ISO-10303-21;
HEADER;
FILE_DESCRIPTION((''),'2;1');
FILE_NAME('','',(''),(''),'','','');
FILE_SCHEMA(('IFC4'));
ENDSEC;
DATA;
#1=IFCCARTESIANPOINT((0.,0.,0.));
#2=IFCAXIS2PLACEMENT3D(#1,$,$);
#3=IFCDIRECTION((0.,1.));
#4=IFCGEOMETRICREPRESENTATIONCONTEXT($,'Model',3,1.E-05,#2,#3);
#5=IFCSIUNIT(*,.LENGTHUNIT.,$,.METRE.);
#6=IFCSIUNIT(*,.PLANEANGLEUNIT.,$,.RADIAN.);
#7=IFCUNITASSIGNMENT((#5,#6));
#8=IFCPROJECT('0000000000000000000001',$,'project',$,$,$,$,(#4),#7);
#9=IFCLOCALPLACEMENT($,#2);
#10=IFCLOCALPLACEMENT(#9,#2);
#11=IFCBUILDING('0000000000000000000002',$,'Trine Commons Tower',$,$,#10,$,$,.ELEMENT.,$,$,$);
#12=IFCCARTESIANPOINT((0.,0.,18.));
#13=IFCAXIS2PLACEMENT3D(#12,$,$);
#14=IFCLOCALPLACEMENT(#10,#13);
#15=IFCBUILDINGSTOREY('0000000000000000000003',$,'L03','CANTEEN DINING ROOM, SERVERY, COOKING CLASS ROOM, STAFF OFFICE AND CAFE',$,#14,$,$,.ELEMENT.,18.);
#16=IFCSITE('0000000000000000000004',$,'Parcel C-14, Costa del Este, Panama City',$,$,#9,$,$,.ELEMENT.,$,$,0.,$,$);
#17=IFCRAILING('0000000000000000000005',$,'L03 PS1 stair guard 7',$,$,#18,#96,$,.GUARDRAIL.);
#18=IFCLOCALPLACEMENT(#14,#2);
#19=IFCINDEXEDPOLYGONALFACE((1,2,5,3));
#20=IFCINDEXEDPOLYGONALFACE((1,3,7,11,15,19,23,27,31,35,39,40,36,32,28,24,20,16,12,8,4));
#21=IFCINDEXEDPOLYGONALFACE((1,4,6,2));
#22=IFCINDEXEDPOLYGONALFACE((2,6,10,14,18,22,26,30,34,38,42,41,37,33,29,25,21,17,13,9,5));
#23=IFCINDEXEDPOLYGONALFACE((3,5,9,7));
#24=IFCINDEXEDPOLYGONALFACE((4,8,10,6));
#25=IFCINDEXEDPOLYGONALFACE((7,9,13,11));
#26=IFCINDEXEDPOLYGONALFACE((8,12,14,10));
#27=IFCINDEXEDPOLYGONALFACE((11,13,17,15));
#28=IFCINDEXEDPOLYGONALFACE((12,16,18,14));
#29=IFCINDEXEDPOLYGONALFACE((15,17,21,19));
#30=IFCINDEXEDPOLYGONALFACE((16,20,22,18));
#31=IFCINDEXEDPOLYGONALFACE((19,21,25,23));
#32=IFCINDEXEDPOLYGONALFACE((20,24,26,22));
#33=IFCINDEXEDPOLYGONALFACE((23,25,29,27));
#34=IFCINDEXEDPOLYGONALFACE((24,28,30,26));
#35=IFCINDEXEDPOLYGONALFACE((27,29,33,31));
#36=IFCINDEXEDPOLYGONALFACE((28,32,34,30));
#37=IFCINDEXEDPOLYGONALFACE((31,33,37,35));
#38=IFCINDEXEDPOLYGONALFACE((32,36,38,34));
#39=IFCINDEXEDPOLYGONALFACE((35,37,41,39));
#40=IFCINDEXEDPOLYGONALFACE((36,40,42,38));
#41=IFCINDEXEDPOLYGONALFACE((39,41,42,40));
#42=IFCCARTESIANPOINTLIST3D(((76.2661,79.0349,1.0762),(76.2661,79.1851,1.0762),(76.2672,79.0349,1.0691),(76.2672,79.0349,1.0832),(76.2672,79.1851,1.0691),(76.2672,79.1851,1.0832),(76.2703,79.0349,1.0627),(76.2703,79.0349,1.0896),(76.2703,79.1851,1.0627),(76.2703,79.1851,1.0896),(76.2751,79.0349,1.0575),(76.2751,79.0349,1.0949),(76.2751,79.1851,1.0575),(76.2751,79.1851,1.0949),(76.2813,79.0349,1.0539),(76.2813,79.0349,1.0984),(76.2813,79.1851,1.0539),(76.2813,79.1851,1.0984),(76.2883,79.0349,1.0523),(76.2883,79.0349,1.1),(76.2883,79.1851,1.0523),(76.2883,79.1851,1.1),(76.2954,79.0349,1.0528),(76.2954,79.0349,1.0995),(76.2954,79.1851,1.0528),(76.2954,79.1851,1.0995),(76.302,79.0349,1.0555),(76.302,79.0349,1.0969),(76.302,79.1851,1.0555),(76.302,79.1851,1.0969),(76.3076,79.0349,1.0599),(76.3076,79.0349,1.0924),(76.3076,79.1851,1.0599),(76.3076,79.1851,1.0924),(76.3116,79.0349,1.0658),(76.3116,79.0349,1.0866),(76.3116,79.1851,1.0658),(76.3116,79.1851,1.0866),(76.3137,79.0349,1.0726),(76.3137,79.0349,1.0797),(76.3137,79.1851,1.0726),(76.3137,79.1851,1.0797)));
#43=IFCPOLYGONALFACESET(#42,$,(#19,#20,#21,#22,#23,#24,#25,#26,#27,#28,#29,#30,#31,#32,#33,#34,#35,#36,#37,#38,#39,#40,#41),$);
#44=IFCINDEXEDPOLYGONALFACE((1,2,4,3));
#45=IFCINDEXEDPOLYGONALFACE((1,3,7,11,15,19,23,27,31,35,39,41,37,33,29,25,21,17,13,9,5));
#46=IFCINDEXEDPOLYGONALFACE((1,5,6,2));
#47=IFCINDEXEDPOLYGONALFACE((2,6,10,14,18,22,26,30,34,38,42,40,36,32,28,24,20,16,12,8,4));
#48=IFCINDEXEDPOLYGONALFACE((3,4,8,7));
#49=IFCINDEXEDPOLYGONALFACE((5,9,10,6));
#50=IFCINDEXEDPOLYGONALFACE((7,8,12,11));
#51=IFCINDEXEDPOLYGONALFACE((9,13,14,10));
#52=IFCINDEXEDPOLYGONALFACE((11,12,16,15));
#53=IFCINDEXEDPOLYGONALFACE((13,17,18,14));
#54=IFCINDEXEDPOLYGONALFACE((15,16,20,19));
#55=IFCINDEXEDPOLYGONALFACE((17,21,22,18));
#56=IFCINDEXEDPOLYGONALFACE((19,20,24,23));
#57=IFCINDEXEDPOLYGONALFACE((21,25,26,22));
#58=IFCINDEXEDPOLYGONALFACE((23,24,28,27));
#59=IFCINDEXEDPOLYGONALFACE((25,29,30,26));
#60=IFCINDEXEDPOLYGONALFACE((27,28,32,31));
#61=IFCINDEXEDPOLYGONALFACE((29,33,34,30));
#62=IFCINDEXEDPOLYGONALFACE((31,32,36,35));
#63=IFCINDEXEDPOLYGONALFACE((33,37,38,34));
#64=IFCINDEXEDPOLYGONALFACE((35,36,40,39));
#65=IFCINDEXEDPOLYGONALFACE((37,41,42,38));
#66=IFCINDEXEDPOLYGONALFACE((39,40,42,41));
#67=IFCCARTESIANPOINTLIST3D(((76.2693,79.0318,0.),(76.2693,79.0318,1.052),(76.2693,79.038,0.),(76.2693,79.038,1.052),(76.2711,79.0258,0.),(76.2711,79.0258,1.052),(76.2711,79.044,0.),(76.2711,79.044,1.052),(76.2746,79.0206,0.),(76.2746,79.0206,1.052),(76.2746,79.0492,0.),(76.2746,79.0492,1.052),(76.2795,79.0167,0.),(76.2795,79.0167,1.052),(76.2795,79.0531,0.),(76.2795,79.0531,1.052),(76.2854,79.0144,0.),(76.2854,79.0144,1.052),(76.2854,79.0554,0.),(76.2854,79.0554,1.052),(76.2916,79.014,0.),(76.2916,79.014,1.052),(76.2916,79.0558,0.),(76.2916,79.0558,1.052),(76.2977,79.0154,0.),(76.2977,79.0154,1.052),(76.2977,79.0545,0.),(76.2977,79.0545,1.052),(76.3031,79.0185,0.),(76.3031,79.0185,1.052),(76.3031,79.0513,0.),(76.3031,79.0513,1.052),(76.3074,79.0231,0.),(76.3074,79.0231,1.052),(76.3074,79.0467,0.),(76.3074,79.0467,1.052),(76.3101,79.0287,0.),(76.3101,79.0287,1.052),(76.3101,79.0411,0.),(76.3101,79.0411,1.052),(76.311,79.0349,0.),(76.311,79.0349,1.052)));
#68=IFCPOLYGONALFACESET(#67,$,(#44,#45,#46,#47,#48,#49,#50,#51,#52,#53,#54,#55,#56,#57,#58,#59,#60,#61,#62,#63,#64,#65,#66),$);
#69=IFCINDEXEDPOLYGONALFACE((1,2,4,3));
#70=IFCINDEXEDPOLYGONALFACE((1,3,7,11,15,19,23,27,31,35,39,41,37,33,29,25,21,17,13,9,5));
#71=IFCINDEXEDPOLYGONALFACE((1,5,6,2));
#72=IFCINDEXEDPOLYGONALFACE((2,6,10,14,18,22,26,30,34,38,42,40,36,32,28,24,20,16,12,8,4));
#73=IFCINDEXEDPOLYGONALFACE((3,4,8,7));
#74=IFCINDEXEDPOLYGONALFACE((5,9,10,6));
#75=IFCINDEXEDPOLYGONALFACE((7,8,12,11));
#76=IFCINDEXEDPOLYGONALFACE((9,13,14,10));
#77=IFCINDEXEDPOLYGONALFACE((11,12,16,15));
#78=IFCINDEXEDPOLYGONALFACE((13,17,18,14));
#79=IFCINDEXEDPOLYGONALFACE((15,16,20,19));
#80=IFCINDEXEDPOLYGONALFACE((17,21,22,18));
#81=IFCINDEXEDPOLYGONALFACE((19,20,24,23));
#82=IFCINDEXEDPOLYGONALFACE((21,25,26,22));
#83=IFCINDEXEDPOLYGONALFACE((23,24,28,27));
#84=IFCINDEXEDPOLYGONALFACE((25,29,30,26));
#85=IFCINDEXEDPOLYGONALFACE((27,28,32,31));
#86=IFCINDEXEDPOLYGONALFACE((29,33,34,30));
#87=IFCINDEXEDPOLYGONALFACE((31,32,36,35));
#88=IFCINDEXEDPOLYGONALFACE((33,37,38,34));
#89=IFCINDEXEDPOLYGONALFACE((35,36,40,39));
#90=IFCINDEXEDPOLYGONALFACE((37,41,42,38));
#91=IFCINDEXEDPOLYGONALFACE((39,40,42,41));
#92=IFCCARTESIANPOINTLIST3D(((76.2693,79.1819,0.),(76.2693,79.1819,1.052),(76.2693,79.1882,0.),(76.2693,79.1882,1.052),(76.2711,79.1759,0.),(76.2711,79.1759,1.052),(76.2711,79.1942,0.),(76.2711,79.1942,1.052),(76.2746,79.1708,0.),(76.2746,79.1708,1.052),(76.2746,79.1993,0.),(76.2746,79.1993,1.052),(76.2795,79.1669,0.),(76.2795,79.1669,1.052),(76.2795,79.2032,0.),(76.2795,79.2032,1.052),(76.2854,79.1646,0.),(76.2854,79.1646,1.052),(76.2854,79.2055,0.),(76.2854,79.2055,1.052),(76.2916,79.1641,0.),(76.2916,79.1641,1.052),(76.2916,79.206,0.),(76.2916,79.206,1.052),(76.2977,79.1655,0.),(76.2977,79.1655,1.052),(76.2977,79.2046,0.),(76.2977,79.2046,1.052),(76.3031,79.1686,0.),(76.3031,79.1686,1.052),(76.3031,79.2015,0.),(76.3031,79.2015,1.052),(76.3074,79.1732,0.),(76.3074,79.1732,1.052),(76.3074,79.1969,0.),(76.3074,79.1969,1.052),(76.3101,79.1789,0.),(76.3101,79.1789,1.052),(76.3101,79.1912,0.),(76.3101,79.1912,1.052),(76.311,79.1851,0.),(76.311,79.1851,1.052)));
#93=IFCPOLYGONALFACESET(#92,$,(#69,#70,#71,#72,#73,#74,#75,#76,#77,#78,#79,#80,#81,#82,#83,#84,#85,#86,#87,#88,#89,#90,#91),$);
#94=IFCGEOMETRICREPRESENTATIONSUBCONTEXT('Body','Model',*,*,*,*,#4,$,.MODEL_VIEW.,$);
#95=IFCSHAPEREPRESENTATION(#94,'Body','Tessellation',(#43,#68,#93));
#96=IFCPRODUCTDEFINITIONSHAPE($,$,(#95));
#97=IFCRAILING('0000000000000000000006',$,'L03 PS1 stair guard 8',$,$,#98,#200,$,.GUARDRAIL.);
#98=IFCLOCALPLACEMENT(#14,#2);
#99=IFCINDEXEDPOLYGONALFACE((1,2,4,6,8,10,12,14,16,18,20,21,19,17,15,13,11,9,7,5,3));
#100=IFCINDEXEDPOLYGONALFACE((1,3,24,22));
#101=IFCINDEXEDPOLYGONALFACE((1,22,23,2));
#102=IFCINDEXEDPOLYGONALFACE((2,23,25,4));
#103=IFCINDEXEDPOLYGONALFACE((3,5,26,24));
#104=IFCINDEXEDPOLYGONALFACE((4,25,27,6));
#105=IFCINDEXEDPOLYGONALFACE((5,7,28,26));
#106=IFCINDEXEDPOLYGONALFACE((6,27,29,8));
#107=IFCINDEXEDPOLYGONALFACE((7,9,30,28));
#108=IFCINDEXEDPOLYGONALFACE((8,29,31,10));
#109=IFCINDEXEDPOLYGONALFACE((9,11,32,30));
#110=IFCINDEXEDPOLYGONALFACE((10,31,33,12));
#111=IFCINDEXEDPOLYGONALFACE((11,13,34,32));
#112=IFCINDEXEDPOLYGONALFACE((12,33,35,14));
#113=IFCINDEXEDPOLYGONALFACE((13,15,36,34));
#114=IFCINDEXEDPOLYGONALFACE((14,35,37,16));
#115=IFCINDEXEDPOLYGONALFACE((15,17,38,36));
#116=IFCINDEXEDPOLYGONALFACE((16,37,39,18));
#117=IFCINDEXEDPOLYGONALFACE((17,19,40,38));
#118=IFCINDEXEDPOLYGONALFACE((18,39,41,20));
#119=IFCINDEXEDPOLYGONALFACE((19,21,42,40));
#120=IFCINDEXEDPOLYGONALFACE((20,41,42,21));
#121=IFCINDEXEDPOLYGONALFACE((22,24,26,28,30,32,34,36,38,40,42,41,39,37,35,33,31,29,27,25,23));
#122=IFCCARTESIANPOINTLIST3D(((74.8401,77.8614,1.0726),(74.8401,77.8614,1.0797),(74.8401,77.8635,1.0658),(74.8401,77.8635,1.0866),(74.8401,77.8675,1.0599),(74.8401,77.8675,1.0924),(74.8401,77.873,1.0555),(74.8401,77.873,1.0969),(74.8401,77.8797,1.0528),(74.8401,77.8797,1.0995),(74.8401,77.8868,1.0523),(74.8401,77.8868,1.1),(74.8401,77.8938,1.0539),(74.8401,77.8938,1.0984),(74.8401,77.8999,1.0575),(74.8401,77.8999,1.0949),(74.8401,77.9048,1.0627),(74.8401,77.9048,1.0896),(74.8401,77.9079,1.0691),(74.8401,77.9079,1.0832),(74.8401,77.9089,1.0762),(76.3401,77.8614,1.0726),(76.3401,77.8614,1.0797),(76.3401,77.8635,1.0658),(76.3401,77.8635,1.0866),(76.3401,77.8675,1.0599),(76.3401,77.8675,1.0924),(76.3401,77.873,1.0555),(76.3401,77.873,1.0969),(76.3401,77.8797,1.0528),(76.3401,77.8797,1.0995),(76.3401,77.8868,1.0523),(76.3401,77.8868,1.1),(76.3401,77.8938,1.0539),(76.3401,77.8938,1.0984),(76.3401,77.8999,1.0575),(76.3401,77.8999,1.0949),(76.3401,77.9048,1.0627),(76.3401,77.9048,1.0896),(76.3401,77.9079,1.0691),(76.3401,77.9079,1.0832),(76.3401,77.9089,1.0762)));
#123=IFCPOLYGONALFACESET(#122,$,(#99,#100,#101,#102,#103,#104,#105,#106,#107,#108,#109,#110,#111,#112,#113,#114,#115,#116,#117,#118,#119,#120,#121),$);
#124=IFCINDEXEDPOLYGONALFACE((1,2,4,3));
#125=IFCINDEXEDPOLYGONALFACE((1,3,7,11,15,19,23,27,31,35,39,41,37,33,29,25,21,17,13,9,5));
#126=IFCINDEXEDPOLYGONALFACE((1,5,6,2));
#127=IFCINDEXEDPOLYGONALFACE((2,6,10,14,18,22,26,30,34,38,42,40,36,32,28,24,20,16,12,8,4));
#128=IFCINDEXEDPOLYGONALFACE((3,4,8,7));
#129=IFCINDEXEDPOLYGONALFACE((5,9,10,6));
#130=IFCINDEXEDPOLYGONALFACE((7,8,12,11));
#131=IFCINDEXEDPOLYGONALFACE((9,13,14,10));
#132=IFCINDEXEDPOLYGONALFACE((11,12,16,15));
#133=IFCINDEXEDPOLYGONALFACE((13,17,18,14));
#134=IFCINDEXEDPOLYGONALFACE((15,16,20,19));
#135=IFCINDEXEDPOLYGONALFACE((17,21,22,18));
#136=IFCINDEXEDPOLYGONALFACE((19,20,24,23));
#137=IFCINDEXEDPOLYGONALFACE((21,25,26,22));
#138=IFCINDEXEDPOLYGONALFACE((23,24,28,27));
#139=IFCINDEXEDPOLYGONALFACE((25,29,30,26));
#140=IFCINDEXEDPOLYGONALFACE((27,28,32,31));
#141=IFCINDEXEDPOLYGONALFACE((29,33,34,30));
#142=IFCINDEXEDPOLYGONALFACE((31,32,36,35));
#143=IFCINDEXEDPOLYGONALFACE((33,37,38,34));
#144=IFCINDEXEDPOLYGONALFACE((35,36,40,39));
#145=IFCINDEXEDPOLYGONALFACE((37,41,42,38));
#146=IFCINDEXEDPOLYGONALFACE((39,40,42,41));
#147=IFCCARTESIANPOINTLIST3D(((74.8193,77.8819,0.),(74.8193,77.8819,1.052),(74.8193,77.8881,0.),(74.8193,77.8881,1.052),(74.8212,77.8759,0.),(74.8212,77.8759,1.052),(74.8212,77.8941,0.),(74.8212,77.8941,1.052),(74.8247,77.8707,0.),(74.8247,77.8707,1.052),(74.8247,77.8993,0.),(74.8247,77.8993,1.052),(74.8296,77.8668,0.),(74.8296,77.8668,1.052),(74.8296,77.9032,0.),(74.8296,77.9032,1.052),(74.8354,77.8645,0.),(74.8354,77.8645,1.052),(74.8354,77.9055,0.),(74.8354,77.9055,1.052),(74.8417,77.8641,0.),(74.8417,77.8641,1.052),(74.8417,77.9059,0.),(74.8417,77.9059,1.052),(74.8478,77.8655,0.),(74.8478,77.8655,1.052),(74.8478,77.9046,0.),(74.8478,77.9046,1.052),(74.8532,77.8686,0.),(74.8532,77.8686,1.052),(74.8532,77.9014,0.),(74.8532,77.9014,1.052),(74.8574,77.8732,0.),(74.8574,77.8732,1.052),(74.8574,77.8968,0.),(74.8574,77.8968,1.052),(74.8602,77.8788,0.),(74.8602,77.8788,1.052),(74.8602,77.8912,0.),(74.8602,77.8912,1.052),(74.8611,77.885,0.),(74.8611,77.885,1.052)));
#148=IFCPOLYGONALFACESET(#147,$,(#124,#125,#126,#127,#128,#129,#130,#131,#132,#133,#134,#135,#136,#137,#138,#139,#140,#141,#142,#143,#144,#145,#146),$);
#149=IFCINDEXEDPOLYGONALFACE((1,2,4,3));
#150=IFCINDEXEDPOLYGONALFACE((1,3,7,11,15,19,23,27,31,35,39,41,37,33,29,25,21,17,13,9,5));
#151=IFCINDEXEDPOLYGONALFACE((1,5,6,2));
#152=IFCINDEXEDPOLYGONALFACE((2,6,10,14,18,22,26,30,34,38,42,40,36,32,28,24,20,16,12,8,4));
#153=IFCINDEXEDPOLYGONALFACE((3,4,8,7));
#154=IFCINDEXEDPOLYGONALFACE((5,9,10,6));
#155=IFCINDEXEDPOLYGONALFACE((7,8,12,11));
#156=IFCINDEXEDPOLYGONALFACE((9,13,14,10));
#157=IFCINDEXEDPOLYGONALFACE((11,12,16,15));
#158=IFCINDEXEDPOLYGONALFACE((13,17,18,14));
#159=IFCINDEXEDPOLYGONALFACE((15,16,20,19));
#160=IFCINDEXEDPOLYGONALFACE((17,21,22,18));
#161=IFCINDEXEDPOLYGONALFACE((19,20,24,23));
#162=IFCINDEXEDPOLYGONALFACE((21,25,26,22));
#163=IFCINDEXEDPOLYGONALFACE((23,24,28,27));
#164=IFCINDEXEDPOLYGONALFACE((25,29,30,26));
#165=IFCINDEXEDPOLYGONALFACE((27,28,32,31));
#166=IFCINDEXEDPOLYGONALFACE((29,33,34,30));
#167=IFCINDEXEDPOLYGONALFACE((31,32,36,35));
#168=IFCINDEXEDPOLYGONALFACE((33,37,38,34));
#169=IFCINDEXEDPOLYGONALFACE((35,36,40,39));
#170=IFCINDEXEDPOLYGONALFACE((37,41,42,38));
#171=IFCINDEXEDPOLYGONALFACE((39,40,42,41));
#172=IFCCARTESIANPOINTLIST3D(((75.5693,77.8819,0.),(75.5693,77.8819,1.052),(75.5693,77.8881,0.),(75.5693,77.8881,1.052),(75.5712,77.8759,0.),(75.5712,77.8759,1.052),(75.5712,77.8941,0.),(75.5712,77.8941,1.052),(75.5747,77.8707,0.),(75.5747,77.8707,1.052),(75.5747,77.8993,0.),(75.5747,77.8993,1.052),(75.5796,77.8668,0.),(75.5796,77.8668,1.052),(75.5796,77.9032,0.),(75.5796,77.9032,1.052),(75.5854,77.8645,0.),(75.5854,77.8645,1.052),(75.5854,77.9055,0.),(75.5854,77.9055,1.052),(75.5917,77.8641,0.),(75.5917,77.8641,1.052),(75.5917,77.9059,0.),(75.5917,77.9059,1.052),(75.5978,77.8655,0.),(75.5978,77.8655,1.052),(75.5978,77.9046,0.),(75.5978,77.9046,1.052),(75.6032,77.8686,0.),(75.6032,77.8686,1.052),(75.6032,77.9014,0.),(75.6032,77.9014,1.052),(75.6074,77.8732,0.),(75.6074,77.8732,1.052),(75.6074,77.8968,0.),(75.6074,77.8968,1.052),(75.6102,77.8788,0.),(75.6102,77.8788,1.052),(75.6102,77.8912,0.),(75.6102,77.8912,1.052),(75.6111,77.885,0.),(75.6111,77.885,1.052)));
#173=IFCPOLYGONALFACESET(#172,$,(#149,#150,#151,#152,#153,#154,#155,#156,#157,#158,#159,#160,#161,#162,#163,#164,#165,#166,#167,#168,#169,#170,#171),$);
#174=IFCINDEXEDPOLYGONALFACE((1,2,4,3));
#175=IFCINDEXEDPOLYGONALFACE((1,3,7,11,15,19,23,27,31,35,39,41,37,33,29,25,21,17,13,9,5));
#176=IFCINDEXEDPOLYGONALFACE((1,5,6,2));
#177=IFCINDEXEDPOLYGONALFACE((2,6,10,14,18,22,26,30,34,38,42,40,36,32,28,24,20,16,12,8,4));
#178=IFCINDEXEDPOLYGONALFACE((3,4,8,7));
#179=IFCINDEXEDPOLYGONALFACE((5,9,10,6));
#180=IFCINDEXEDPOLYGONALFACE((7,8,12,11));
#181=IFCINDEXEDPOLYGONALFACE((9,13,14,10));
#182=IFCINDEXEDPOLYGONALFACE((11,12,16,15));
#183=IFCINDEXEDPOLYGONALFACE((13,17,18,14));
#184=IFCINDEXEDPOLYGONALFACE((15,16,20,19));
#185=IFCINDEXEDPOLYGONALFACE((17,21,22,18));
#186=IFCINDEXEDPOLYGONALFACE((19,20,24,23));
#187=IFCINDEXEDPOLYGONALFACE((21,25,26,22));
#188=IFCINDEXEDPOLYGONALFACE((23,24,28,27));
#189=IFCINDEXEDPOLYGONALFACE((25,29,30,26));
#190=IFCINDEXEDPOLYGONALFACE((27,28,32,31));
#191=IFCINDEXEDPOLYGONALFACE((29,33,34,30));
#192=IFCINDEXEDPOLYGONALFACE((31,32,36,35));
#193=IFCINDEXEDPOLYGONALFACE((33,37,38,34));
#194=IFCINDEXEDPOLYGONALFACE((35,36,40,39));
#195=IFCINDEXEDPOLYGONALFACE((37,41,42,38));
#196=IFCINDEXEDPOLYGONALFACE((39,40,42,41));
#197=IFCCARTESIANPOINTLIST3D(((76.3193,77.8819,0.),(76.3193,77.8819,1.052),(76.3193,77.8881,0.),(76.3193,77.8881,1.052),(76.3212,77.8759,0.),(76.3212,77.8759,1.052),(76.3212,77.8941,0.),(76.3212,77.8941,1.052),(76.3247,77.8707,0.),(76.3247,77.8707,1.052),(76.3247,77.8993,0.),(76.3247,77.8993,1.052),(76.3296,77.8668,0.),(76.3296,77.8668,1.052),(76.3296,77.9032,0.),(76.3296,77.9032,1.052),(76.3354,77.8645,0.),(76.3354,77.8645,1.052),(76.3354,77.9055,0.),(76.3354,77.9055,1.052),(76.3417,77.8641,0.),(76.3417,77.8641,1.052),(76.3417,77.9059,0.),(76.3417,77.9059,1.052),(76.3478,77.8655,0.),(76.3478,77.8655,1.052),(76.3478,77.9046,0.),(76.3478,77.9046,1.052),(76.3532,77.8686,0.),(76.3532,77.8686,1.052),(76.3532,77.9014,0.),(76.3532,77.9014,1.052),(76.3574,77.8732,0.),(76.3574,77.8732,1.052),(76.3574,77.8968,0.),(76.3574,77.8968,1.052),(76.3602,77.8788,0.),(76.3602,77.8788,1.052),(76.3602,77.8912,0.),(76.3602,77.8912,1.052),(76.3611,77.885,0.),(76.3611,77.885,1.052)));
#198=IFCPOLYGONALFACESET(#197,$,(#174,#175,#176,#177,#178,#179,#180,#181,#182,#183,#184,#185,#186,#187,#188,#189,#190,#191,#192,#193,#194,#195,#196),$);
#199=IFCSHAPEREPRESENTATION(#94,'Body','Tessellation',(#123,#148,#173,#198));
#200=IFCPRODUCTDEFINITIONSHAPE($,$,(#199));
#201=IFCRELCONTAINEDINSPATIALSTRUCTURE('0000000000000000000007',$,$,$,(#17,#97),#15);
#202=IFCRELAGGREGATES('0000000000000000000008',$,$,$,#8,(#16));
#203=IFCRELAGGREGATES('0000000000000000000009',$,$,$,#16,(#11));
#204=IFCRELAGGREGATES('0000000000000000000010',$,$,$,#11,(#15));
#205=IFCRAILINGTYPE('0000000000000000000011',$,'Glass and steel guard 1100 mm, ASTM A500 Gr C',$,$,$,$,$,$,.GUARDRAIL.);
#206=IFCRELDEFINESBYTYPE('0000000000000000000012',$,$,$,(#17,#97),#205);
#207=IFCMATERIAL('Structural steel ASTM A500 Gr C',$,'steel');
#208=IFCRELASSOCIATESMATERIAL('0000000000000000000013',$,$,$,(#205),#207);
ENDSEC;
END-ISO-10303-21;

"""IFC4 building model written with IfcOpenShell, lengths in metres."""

from ifc_helpers import new_model, si_unit, direction, frame, origin, origin_2d, place, context, subcontext, project, spatial, circle, extrude, material, type_object, element, save


model = new_model("IFC4")

# Units and contexts
model_context = context("Model", 3, precision=1e-05, world=origin(), true_north=direction((0.0, 1.0)))
body_context = subcontext(model_context, "Body", "Model", "MODEL_VIEW")
ifc_project = project(units=[si_unit("LENGTHUNIT", "METRE"), si_unit("PLANEANGLEUNIT", "RADIAN")], contexts=[model_context])

# Site, building, storey
site_placement = place(None, origin())
site = spatial("IfcSite", under=ifc_project, at=site_placement, Name="Parcel C-14, Costa del Este, Panama City", CompositionType="ELEMENT", RefElevation=0.0)
building_placement = place(site_placement, origin())
building = spatial("IfcBuilding", under=site, at=building_placement, Name="Trine Commons Tower", CompositionType="ELEMENT")
storey_placement = place(building_placement, frame((0.0, 0.0, 18.0)))
storey = spatial("IfcBuildingStorey", under=building, at=storey_placement, Name="L03", Description="CANTEEN DINING ROOM, SERVERY, COOKING CLASS ROOM, STAFF OFFICE AND CAFE", CompositionType="ELEMENT", Elevation=18.0)

# Railings
ifc_material_1 = material(Name="Structural steel ASTM A500 Gr C", Category="steel")
railing_type_1 = type_object("IfcRailingType", Name="Glass and steel guard 1100 mm, ASTM A500 Gr C", PredefinedType="GUARDRAIL", material=ifc_material_1)
railing_1_placement = place(storey_placement, frame((76.29, 79.0349, 0.0)))
element("IfcRailing", 1, at=railing_1_placement, inside=storey, type_object=railing_type_1, Name="L03 PS1 stair guard 7", PredefinedType="GUARDRAIL", context=body_context, shape_type="SweptSolid", body=[
    extrude(circle(Radius=0.0239, at=origin_2d()), frame((0.0, 0.0, 1.0762), z_axis=(0.0, 1.0, 0.0), x_axis=(-1.0, 0.0, 0.0)), (0.0, 0.0, 1.0), 0.1501),
    extrude(circle(Radius=0.021, at=origin_2d()), origin(), (0.0, 0.0, 1.0), 1.052),
    extrude(circle(Radius=0.021, at=origin_2d()), frame((0.0, 0.1501, 0.0)), (0.0, 0.0, 1.0), 1.052),
])
for number, where, name in (
    (2, (74.8401, 77.885, 0.0), "L03 PS1 stair guard 8"),
):
    element("IfcRailing", number, at=place(storey_placement, frame(where)), inside=storey, type_object=railing_type_1, Name=name, PredefinedType="GUARDRAIL", context=body_context, shape_type="SweptSolid", body=[
        extrude(circle(Radius=0.0239, at=origin_2d()), frame((0.0, 0.0, 1.0762), z_axis=(1.0, 0.0, 0.0), x_axis=(0.0, 1.0, 0.0)), (0.0, 0.0, 1.0), 1.5),
        extrude(circle(Radius=0.021, at=origin_2d()), origin(), (0.0, 0.0, 1.0), 1.052),
        extrude(circle(Radius=0.021, at=origin_2d()), frame((0.75, 0.0, 0.0)), (0.0, 0.0, 1.0), 1.052),
        extrude(circle(Radius=0.021, at=origin_2d()), frame((1.5, 0.0, 0.0)), (0.0, 0.0, 1.0), 1.052),
    ])

save(model, "model.ifc")
